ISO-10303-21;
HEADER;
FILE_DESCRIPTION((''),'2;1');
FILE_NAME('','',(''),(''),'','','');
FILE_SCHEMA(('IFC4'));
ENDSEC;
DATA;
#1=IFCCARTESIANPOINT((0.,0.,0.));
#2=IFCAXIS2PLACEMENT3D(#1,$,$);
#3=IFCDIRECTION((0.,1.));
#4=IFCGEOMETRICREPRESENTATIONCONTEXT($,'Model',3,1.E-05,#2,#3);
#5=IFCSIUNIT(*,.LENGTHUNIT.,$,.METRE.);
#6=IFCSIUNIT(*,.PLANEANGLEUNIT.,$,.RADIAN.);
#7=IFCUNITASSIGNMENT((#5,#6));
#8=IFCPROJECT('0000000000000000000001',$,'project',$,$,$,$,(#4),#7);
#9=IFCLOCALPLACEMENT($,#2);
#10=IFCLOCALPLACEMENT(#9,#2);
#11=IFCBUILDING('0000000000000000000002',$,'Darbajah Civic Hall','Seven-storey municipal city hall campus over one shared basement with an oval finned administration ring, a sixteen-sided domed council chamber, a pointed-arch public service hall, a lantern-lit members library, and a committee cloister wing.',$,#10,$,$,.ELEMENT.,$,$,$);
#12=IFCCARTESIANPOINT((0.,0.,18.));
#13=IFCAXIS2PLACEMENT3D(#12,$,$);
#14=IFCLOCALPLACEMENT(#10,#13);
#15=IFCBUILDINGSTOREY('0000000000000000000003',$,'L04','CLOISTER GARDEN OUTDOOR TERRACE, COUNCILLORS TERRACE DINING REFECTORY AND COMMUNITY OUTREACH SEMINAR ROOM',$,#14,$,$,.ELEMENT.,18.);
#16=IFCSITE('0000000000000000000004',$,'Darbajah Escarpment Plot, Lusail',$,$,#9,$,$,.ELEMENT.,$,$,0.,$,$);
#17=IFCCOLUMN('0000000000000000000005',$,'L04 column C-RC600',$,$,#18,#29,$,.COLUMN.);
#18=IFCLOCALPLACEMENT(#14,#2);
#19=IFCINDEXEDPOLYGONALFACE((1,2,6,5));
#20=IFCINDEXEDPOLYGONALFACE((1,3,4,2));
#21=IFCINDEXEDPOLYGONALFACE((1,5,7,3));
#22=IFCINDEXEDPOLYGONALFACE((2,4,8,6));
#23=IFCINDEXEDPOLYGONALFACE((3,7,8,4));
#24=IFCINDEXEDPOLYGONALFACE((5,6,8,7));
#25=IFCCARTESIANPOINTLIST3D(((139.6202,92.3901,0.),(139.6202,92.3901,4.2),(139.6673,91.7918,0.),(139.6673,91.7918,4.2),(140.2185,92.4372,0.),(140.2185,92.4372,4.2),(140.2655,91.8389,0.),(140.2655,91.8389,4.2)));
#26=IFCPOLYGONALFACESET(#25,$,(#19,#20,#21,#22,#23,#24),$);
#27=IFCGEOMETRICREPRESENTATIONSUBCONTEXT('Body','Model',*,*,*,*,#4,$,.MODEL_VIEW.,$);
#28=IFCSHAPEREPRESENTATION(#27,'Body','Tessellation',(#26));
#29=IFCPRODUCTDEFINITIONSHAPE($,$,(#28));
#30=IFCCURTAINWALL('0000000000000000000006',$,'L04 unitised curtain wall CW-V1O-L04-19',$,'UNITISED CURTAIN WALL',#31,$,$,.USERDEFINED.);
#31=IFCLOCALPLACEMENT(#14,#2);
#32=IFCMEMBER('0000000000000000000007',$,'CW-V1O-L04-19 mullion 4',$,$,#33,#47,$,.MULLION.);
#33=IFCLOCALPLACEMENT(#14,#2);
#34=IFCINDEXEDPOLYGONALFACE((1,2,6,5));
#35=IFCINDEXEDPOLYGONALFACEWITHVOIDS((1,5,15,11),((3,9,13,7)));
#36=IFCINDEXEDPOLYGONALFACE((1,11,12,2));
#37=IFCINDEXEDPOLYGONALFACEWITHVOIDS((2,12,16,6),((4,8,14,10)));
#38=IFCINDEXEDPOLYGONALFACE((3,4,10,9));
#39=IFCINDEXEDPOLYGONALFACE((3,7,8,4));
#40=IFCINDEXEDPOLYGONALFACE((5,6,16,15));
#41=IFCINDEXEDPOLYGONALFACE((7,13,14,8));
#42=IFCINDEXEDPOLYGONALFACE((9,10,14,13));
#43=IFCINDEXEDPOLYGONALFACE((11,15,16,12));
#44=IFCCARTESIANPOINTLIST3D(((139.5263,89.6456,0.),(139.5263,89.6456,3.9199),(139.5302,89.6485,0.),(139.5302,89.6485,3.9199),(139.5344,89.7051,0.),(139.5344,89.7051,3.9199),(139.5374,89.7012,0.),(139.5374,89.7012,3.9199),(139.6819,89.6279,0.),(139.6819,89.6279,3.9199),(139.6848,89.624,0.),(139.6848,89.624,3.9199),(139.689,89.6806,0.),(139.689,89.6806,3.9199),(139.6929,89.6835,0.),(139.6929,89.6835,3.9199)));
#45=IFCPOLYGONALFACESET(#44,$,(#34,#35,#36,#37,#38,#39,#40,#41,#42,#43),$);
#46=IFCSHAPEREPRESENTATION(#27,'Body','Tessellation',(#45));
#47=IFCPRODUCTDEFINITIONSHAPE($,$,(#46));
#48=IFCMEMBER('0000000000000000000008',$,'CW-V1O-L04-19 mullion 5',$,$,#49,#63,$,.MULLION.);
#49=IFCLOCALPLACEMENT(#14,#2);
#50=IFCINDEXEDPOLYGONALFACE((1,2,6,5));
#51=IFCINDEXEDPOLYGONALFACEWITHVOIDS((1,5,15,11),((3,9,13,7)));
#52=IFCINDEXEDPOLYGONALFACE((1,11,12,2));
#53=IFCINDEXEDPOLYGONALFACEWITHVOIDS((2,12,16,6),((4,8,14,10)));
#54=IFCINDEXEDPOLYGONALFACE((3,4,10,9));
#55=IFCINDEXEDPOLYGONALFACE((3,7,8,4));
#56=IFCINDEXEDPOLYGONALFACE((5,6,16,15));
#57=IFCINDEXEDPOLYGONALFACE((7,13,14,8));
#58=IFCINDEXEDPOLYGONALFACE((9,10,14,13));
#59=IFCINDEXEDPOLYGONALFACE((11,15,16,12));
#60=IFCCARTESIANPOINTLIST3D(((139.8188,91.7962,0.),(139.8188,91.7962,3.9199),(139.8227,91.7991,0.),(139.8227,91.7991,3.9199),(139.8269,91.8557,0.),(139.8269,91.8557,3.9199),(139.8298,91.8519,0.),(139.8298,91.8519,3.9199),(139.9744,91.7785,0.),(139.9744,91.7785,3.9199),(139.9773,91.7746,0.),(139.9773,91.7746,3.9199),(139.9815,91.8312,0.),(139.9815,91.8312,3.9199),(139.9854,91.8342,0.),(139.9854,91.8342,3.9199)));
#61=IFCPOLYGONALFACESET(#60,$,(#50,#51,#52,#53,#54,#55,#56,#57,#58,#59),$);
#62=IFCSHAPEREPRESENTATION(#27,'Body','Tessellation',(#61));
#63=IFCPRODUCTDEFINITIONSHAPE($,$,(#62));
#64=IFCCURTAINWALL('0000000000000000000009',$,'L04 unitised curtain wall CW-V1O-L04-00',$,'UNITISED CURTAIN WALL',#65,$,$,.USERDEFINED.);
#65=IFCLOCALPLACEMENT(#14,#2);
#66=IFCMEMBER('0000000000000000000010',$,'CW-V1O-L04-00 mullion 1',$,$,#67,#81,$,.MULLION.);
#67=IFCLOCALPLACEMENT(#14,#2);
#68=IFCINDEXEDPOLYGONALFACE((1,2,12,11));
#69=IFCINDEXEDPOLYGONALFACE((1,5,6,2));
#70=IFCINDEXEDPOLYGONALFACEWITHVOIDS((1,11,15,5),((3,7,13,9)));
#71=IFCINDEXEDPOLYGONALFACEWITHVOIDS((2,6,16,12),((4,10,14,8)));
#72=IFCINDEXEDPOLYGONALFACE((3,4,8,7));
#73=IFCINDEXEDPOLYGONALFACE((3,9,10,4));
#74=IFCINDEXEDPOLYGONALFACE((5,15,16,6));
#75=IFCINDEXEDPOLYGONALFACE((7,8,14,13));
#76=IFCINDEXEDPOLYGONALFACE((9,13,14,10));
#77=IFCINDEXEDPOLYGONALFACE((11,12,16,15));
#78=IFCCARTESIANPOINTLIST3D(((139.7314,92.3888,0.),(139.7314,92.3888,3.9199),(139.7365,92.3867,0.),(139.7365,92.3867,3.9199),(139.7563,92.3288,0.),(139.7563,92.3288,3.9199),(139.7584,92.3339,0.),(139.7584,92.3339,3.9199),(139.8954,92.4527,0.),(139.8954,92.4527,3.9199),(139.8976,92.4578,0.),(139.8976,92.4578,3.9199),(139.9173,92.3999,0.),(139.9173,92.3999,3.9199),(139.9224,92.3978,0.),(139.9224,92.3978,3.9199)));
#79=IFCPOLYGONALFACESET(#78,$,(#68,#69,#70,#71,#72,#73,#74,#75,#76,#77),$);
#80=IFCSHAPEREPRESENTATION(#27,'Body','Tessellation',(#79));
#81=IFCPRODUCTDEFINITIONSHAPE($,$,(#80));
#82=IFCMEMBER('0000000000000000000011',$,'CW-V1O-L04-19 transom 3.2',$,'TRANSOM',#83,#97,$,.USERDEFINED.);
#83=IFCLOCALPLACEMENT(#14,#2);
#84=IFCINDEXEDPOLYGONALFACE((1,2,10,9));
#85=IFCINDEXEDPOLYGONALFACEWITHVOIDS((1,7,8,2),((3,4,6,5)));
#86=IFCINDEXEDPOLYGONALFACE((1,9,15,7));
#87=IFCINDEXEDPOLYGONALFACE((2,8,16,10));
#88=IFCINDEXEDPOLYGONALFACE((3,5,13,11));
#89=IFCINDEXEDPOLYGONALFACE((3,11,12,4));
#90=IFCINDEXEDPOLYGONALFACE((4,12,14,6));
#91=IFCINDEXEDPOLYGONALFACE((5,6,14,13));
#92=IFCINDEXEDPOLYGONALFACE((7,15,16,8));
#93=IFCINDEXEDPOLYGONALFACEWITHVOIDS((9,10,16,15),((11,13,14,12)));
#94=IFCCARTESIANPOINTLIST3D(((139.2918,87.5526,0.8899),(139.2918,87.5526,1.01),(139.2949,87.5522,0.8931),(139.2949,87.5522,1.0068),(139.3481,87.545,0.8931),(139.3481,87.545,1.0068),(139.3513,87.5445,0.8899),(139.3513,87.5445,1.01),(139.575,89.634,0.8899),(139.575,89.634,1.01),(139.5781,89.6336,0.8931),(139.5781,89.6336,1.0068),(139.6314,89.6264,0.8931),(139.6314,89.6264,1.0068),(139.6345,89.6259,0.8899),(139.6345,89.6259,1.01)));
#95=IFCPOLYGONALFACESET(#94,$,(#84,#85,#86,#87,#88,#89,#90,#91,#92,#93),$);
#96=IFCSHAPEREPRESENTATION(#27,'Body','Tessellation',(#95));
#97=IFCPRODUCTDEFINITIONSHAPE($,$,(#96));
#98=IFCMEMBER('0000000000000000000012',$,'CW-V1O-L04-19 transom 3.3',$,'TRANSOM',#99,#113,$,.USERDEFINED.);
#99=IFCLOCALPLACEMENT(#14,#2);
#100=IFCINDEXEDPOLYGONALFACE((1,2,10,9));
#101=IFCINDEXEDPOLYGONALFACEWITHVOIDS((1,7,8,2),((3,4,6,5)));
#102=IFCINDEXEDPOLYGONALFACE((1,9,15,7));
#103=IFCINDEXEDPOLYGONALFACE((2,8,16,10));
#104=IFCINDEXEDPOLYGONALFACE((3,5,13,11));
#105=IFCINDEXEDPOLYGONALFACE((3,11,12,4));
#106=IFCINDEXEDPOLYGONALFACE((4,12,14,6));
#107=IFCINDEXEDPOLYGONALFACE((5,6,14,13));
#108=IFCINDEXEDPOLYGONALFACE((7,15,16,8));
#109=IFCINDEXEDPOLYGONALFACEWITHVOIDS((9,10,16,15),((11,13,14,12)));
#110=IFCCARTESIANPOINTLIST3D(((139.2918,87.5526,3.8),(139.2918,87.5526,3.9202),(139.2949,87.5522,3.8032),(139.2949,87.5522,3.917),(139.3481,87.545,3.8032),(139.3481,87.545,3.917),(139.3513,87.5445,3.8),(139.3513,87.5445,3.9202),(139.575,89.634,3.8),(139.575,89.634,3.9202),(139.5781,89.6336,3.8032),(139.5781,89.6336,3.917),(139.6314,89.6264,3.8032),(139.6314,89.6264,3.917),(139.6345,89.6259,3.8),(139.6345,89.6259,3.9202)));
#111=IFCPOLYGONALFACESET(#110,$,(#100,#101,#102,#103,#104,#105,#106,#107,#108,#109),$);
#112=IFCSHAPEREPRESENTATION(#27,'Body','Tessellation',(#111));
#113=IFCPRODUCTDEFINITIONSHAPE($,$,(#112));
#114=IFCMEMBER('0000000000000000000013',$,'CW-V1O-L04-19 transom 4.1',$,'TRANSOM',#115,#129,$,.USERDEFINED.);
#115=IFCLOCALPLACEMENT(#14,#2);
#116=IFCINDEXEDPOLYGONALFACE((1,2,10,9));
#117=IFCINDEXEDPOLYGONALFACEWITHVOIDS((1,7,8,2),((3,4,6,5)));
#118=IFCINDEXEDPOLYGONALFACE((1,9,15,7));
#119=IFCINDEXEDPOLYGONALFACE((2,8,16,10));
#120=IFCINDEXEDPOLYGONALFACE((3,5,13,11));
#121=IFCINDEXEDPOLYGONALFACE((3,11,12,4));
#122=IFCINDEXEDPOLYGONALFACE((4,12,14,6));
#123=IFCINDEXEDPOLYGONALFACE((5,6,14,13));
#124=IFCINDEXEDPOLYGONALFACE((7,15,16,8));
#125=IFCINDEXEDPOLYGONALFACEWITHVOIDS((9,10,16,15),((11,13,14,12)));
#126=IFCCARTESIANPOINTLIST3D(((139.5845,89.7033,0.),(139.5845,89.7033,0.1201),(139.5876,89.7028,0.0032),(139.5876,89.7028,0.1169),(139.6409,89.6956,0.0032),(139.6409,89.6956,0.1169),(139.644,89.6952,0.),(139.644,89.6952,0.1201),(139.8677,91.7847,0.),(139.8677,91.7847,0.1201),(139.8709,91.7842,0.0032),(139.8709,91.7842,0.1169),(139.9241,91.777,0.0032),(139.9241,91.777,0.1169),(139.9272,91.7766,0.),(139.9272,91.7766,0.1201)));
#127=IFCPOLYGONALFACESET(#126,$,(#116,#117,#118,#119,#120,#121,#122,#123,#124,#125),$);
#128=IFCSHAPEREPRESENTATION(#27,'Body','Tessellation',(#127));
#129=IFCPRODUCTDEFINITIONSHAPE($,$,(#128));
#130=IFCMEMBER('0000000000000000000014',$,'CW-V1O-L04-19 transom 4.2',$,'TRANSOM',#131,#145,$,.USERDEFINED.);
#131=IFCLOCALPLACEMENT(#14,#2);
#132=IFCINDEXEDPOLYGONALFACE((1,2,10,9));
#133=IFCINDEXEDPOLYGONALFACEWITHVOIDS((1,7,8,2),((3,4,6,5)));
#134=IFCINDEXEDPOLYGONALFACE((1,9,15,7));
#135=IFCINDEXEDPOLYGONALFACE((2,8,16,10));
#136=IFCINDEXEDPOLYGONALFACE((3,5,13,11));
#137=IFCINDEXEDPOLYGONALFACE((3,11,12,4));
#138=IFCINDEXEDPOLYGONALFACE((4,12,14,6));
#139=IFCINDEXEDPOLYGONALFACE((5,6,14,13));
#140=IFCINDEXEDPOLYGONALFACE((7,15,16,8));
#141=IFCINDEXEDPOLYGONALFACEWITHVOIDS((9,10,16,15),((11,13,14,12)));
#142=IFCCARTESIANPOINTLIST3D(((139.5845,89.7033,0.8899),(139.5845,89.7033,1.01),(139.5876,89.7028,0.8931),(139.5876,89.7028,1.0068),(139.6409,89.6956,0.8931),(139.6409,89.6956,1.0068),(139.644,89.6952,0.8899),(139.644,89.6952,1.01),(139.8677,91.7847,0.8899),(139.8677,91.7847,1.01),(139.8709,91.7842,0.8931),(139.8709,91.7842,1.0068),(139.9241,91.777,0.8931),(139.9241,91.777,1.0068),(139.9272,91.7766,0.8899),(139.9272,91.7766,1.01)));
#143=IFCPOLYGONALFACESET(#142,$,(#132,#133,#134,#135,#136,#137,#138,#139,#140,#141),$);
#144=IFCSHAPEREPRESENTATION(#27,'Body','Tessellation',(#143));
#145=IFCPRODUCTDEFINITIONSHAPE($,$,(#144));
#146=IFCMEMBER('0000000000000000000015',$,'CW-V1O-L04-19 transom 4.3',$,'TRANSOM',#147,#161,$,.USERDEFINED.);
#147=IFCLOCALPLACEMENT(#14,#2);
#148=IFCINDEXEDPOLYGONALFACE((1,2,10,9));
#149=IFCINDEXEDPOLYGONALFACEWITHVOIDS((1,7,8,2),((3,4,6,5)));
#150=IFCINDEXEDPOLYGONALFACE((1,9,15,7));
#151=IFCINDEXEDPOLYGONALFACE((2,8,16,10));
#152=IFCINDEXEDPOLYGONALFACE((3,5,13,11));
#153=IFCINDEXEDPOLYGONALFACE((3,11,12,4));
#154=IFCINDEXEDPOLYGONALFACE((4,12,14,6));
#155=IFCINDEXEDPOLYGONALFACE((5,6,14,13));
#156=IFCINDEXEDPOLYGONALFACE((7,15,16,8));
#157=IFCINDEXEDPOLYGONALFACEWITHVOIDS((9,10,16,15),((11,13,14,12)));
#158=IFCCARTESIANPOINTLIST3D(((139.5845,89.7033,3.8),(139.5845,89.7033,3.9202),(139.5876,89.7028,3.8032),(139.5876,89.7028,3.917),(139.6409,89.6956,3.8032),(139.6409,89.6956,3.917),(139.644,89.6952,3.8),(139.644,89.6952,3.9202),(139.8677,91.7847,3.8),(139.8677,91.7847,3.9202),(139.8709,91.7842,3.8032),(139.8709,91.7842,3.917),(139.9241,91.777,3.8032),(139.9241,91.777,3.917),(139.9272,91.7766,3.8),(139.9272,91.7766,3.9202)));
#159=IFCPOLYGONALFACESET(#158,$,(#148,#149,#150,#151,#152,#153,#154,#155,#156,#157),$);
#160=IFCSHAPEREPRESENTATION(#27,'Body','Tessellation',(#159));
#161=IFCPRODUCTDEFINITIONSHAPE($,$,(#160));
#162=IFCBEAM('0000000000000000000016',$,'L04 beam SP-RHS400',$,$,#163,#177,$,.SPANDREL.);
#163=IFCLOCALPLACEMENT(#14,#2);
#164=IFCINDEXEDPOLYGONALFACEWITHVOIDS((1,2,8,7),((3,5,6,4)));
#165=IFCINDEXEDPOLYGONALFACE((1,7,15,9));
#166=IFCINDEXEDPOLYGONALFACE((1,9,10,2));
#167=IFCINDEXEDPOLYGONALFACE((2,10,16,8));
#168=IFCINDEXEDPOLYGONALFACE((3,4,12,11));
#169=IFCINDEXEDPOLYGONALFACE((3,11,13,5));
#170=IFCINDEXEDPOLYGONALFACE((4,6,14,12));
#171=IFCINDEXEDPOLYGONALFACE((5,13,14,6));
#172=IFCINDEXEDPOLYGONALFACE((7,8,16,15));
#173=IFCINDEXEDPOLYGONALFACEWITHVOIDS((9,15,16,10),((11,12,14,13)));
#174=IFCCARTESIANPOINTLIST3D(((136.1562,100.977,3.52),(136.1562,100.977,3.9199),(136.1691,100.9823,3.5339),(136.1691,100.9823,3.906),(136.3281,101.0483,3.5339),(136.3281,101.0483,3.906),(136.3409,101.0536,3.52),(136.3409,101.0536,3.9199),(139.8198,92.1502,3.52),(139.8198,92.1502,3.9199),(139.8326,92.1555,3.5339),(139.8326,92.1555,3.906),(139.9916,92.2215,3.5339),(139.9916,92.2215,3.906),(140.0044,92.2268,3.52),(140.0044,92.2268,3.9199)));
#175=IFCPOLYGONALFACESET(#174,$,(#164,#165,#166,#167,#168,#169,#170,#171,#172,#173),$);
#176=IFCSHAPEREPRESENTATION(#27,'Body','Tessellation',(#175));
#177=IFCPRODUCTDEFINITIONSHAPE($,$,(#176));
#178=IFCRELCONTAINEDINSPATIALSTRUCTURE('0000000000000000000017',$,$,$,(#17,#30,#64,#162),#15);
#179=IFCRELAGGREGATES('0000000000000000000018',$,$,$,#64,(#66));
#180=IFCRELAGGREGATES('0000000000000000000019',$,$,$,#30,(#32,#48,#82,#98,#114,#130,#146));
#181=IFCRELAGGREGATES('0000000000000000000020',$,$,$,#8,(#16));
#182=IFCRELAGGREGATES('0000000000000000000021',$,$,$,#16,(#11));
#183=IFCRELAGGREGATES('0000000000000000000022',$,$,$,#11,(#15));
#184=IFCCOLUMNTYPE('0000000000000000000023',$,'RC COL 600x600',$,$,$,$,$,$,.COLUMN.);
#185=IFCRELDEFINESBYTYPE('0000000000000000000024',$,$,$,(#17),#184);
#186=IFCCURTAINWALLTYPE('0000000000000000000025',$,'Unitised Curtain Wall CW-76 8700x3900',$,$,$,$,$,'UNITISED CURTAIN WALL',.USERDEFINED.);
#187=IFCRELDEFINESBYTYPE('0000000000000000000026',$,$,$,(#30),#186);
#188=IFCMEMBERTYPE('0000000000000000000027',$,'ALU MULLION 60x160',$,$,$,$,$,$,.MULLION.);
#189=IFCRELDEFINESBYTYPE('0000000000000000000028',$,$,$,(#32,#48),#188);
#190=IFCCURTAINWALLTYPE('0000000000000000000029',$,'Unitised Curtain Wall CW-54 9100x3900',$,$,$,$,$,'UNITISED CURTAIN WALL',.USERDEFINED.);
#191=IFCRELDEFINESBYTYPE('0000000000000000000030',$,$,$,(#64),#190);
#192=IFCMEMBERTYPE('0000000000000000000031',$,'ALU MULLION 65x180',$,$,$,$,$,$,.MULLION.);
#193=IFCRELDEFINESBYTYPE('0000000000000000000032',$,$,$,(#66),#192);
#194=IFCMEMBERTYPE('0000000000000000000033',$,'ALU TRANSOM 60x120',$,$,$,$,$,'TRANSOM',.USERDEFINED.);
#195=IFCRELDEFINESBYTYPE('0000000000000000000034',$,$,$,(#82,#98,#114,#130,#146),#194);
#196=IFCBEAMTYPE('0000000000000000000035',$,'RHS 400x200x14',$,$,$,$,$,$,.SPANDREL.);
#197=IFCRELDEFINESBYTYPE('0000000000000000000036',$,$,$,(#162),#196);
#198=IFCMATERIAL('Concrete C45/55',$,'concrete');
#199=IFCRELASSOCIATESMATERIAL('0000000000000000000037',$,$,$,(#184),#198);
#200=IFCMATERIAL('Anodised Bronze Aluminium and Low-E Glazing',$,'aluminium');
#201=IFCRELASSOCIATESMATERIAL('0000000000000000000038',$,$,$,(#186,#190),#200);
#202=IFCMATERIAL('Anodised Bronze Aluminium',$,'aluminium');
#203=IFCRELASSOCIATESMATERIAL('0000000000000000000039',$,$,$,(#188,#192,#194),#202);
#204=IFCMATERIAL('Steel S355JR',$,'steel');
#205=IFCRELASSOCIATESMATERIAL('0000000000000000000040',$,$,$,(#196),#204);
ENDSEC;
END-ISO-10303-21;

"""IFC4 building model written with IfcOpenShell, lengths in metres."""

from ifc_helpers import new_model, si_unit, direction, frame, origin, origin_2d, place, context, subcontext, project, spatial, rectangle, hollow_rectangle, extrude, material, material_profile, profile_set, type_object, element, aggregate, save


model = new_model("IFC4")

# Units and contexts
model_context = context("Model", 3, precision=1e-05, world=origin(), true_north=direction((0.0, 1.0)))
body_context = subcontext(model_context, "Body", "Model", "MODEL_VIEW")
ifc_project = project(units=[si_unit("LENGTHUNIT", "METRE"), si_unit("PLANEANGLEUNIT", "RADIAN")], contexts=[model_context])

# Site, building, storey
site_placement = place(None, origin())
site = spatial("IfcSite", under=ifc_project, at=site_placement, Name="Darbajah Escarpment Plot, Lusail", CompositionType="ELEMENT", RefElevation=0.0)
building_placement = place(site_placement, origin())
building = spatial("IfcBuilding", under=site, at=building_placement, Name="Darbajah Civic Hall", Description="Seven-storey municipal city hall campus over one shared basement with an oval finned administration ring, a sixteen-sided domed council chamber, a pointed-arch public service hall, a lantern-lit members library, and a committee cloister wing.", CompositionType="ELEMENT")
storey_placement = place(building_placement, frame((0.0, 0.0, 18.0)))
storey = spatial("IfcBuildingStorey", under=building, at=storey_placement, Name="L04", Description="CLOISTER GARDEN OUTDOOR TERRACE, COUNCILLORS TERRACE DINING REFECTORY AND COMMUNITY OUTREACH SEMINAR ROOM", CompositionType="ELEMENT", Elevation=18.0)

# Column
ifc_material_1 = material(Name="Concrete C45/55", Category="concrete")
ifc_material_profile_1 = material_profile(ifc_material_1, rectangle(XDim=0.6001, YDim=0.6001, at=origin_2d()), Name="RC COL 600x600")
ifc_profile_set_1 = profile_set([ifc_material_profile_1], Name="Concrete C45/55")
column_type = type_object("IfcColumnType", Name="RC COL 600x600", PredefinedType="COLUMN", material=ifc_profile_set_1)
column_placement = place(storey_placement, frame((139.9429, 92.1145, 0.0), z_axis=(0.0, 0.0, 1.0), x_axis=(0.996917, 0.078459, 0.0)))
element("IfcColumn", 1, at=column_placement, inside=storey, type_object=column_type, Name="L04 column C-RC600", PredefinedType="COLUMN", context=body_context, shape_type="SweptSolid", body=[
    extrude(rectangle(XDim=0.6001, YDim=0.6001, at=origin_2d()), origin(), (0.0, 0.0, 1.0), 4.2),
])

# Curtain wall, members
ifc_material_2 = material(Name="Anodised Bronze Aluminium and Low-E Glazing", Category="aluminium")
curtain_wall_type_1 = type_object("IfcCurtainWallType", Name="Unitised Curtain Wall CW-76 8700x3900", ElementType="UNITISED CURTAIN WALL", PredefinedType="USERDEFINED", material=ifc_material_2)
curtain_wall_1_placement = place(storey_placement, origin())
curtain_wall_1 = element("IfcCurtainWall", 2, at=curtain_wall_1_placement, inside=storey, type_object=curtain_wall_type_1, Name="L04 unitised curtain wall CW-V1O-L04-19", ObjectType="UNITISED CURTAIN WALL", PredefinedType="USERDEFINED")
ifc_material_3 = material(Name="Anodised Bronze Aluminium", Category="aluminium")
ifc_material_profile_2 = material_profile(ifc_material_3, hollow_rectangle(XDim=0.0601, YDim=0.1599, WallThickness=0.0034, at=origin_2d()), Name="ALU MULLION 60x160")
ifc_profile_set_2 = profile_set([ifc_material_profile_2], Name="Anodised Bronze Aluminium")
member_type_1 = type_object("IfcMemberType", Name="ALU MULLION 60x160", PredefinedType="MULLION", material=ifc_profile_set_2)
member_1_placement = place(storey_placement, frame((139.6096, 89.6646, 0.0), z_axis=(0.0, 0.0, 1.0), x_axis=(0.134851, 0.990866, 0.0)))
member_1 = element("IfcMember", 3, at=member_1_placement, type_object=member_type_1, Name="CW-V1O-L04-19 mullion 4", PredefinedType="MULLION", context=body_context, shape_type="SweptSolid", body=[
    extrude(hollow_rectangle(XDim=0.0601, YDim=0.1599, WallThickness=0.0034, at=origin_2d()), origin(), (0.0, 0.0, 1.0), 3.9199),
])
member_2_placement = place(storey_placement, frame((139.9021, 91.8152, 0.0), z_axis=(0.0, 0.0, 1.0), x_axis=(0.134851, 0.990866, 0.0)))
member_2 = element("IfcMember", 4, at=member_2_placement, type_object=member_type_1, Name="CW-V1O-L04-19 mullion 5", PredefinedType="MULLION", context=body_context, shape_type="SweptSolid", body=[
    extrude(hollow_rectangle(XDim=0.0601, YDim=0.1599, WallThickness=0.0034, at=origin_2d()), origin(), (0.0, 0.0, 1.0), 3.9199),
])

# Curtain wall, member
curtain_wall_type_2 = type_object("IfcCurtainWallType", Name="Unitised Curtain Wall CW-54 9100x3900", ElementType="UNITISED CURTAIN WALL", PredefinedType="USERDEFINED", material=ifc_material_2)
curtain_wall_2_placement = place(storey_placement, origin())
curtain_wall_2 = element("IfcCurtainWall", 5, at=curtain_wall_2_placement, inside=storey, type_object=curtain_wall_type_2, Name="L04 unitised curtain wall CW-V1O-L04-00", ObjectType="UNITISED CURTAIN WALL", PredefinedType="USERDEFINED")
ifc_material_profile_3 = material_profile(ifc_material_3, hollow_rectangle(XDim=0.0649, YDim=0.1799, WallThickness=0.0039, at=origin_2d()), Name="ALU MULLION 65x180")
ifc_profile_set_3 = profile_set([ifc_material_profile_3], Name="Anodised Bronze Aluminium")
member_type_2 = type_object("IfcMemberType", Name="ALU MULLION 65x180", PredefinedType="MULLION", material=ifc_profile_set_3)
member_3_placement = place(storey_placement, frame((139.8269, 92.3933, 0.0), z_axis=(0.0, 0.0, 1.0), x_axis=(-0.383328, 0.923612, 0.0)))
member_3 = element("IfcMember", 6, at=member_3_placement, type_object=member_type_2, Name="CW-V1O-L04-00 mullion 1", PredefinedType="MULLION", context=body_context, shape_type="SweptSolid", body=[
    extrude(hollow_rectangle(XDim=0.0649, YDim=0.1799, WallThickness=0.0039, at=origin_2d()), origin(), (0.0, 0.0, 1.0), 3.9199),
])
aggregate(curtain_wall_2, [member_3])

# Members
ifc_material_profile_4 = material_profile(ifc_material_3, hollow_rectangle(XDim=0.0601, YDim=0.1201, WallThickness=0.0032, at=origin_2d()), Name="ALU TRANSOM 60x120")
ifc_profile_set_4 = profile_set([ifc_material_profile_4], Name="Anodised Bronze Aluminium")
member_type_3 = type_object("IfcMemberType", Name="ALU TRANSOM 60x120", ElementType="TRANSOM", PredefinedType="USERDEFINED", material=ifc_profile_set_4)
member_4_placement = place(storey_placement, frame((139.3215, 87.5486, 0.95), z_axis=(0.134828, 0.990869, 0.0), x_axis=(-0.990869, 0.134828, 0.0)))
member_4 = element("IfcMember", 7, at=member_4_placement, type_object=member_type_3, Name="CW-V1O-L04-19 transom 3.2", ObjectType="TRANSOM", PredefinedType="USERDEFINED", context=body_context, shape_type="SweptSolid", body=[
    extrude(hollow_rectangle(XDim=0.0601, YDim=0.1201, WallThickness=0.0032, at=origin_2d()), origin(), (0.0, 0.0, 1.0), 2.1006),
])
member_5_placement = place(storey_placement, frame((139.3215, 87.5486, 3.8601), z_axis=(0.134828, 0.990869, 0.0), x_axis=(-0.990869, 0.134828, 0.0)))
member_5 = element("IfcMember", 8, at=member_5_placement, type_object=member_type_3, Name="CW-V1O-L04-19 transom 3.3", ObjectType="TRANSOM", PredefinedType="USERDEFINED", context=body_context, shape_type="SweptSolid", body=[
    extrude(hollow_rectangle(XDim=0.0601, YDim=0.1201, WallThickness=0.0032, at=origin_2d()), origin(), (0.0, 0.0, 1.0), 2.1006),
])
member_6_placement = place(storey_placement, frame((139.6143, 89.6992, 0.0601), z_axis=(0.134828, 0.990869, 0.0), x_axis=(-0.990869, 0.134828, 0.0)))
member_6 = element("IfcMember", 9, at=member_6_placement, type_object=member_type_3, Name="CW-V1O-L04-19 transom 4.1", ObjectType="TRANSOM", PredefinedType="USERDEFINED", context=body_context, shape_type="SweptSolid", body=[
    extrude(hollow_rectangle(XDim=0.0601, YDim=0.1201, WallThickness=0.0032, at=origin_2d()), origin(), (0.0, 0.0, 1.0), 2.1006),
])
member_7_placement = place(storey_placement, frame((139.6143, 89.6992, 0.95), z_axis=(0.134828, 0.990869, 0.0), x_axis=(-0.990869, 0.134828, 0.0)))
member_7 = element("IfcMember", 10, at=member_7_placement, type_object=member_type_3, Name="CW-V1O-L04-19 transom 4.2", ObjectType="TRANSOM", PredefinedType="USERDEFINED", context=body_context, shape_type="SweptSolid", body=[
    extrude(hollow_rectangle(XDim=0.0601, YDim=0.1201, WallThickness=0.0032, at=origin_2d()), origin(), (0.0, 0.0, 1.0), 2.1006),
])
member_8_placement = place(storey_placement, frame((139.6143, 89.6992, 3.8601), z_axis=(0.134828, 0.990869, 0.0), x_axis=(-0.990869, 0.134828, 0.0)))
member_8 = element("IfcMember", 11, at=member_8_placement, type_object=member_type_3, Name="CW-V1O-L04-19 transom 4.3", ObjectType="TRANSOM", PredefinedType="USERDEFINED", context=body_context, shape_type="SweptSolid", body=[
    extrude(hollow_rectangle(XDim=0.0601, YDim=0.1201, WallThickness=0.0032, at=origin_2d()), origin(), (0.0, 0.0, 1.0), 2.1006),
])

# Beam
ifc_material_4 = material(Name="Steel S355JR", Category="steel")
ifc_material_profile_5 = material_profile(ifc_material_4, hollow_rectangle(XDim=0.2, YDim=0.3999, WallThickness=0.0139, at=origin_2d()), Name="RHS 400x200x14")
ifc_profile_set_5 = profile_set([ifc_material_profile_5], Name="Steel S355JR")
beam_type = type_object("IfcBeamType", Name="RHS 400x200x14", PredefinedType="SPANDREL", material=ifc_profile_set_5)
beam_placement = place(storey_placement, frame((139.9121, 92.1885, 3.72), z_axis=(-0.38334, 0.923607, 0.0), x_axis=(-0.923607, -0.38334, 0.0)))
element("IfcBeam", 12, at=beam_placement, inside=storey, type_object=beam_type, Name="L04 beam SP-RHS400", PredefinedType="SPANDREL", context=body_context, shape_type="SweptSolid", body=[
    extrude(hollow_rectangle(XDim=0.2, YDim=0.3999, WallThickness=0.0139, at=origin_2d()), origin(), (0.0, 0.0, 1.0), 9.5569),
])

aggregate(curtain_wall_1, [member_1, member_2, member_4, member_5, member_6, member_7, member_8])

save(model, "model.ifc")
